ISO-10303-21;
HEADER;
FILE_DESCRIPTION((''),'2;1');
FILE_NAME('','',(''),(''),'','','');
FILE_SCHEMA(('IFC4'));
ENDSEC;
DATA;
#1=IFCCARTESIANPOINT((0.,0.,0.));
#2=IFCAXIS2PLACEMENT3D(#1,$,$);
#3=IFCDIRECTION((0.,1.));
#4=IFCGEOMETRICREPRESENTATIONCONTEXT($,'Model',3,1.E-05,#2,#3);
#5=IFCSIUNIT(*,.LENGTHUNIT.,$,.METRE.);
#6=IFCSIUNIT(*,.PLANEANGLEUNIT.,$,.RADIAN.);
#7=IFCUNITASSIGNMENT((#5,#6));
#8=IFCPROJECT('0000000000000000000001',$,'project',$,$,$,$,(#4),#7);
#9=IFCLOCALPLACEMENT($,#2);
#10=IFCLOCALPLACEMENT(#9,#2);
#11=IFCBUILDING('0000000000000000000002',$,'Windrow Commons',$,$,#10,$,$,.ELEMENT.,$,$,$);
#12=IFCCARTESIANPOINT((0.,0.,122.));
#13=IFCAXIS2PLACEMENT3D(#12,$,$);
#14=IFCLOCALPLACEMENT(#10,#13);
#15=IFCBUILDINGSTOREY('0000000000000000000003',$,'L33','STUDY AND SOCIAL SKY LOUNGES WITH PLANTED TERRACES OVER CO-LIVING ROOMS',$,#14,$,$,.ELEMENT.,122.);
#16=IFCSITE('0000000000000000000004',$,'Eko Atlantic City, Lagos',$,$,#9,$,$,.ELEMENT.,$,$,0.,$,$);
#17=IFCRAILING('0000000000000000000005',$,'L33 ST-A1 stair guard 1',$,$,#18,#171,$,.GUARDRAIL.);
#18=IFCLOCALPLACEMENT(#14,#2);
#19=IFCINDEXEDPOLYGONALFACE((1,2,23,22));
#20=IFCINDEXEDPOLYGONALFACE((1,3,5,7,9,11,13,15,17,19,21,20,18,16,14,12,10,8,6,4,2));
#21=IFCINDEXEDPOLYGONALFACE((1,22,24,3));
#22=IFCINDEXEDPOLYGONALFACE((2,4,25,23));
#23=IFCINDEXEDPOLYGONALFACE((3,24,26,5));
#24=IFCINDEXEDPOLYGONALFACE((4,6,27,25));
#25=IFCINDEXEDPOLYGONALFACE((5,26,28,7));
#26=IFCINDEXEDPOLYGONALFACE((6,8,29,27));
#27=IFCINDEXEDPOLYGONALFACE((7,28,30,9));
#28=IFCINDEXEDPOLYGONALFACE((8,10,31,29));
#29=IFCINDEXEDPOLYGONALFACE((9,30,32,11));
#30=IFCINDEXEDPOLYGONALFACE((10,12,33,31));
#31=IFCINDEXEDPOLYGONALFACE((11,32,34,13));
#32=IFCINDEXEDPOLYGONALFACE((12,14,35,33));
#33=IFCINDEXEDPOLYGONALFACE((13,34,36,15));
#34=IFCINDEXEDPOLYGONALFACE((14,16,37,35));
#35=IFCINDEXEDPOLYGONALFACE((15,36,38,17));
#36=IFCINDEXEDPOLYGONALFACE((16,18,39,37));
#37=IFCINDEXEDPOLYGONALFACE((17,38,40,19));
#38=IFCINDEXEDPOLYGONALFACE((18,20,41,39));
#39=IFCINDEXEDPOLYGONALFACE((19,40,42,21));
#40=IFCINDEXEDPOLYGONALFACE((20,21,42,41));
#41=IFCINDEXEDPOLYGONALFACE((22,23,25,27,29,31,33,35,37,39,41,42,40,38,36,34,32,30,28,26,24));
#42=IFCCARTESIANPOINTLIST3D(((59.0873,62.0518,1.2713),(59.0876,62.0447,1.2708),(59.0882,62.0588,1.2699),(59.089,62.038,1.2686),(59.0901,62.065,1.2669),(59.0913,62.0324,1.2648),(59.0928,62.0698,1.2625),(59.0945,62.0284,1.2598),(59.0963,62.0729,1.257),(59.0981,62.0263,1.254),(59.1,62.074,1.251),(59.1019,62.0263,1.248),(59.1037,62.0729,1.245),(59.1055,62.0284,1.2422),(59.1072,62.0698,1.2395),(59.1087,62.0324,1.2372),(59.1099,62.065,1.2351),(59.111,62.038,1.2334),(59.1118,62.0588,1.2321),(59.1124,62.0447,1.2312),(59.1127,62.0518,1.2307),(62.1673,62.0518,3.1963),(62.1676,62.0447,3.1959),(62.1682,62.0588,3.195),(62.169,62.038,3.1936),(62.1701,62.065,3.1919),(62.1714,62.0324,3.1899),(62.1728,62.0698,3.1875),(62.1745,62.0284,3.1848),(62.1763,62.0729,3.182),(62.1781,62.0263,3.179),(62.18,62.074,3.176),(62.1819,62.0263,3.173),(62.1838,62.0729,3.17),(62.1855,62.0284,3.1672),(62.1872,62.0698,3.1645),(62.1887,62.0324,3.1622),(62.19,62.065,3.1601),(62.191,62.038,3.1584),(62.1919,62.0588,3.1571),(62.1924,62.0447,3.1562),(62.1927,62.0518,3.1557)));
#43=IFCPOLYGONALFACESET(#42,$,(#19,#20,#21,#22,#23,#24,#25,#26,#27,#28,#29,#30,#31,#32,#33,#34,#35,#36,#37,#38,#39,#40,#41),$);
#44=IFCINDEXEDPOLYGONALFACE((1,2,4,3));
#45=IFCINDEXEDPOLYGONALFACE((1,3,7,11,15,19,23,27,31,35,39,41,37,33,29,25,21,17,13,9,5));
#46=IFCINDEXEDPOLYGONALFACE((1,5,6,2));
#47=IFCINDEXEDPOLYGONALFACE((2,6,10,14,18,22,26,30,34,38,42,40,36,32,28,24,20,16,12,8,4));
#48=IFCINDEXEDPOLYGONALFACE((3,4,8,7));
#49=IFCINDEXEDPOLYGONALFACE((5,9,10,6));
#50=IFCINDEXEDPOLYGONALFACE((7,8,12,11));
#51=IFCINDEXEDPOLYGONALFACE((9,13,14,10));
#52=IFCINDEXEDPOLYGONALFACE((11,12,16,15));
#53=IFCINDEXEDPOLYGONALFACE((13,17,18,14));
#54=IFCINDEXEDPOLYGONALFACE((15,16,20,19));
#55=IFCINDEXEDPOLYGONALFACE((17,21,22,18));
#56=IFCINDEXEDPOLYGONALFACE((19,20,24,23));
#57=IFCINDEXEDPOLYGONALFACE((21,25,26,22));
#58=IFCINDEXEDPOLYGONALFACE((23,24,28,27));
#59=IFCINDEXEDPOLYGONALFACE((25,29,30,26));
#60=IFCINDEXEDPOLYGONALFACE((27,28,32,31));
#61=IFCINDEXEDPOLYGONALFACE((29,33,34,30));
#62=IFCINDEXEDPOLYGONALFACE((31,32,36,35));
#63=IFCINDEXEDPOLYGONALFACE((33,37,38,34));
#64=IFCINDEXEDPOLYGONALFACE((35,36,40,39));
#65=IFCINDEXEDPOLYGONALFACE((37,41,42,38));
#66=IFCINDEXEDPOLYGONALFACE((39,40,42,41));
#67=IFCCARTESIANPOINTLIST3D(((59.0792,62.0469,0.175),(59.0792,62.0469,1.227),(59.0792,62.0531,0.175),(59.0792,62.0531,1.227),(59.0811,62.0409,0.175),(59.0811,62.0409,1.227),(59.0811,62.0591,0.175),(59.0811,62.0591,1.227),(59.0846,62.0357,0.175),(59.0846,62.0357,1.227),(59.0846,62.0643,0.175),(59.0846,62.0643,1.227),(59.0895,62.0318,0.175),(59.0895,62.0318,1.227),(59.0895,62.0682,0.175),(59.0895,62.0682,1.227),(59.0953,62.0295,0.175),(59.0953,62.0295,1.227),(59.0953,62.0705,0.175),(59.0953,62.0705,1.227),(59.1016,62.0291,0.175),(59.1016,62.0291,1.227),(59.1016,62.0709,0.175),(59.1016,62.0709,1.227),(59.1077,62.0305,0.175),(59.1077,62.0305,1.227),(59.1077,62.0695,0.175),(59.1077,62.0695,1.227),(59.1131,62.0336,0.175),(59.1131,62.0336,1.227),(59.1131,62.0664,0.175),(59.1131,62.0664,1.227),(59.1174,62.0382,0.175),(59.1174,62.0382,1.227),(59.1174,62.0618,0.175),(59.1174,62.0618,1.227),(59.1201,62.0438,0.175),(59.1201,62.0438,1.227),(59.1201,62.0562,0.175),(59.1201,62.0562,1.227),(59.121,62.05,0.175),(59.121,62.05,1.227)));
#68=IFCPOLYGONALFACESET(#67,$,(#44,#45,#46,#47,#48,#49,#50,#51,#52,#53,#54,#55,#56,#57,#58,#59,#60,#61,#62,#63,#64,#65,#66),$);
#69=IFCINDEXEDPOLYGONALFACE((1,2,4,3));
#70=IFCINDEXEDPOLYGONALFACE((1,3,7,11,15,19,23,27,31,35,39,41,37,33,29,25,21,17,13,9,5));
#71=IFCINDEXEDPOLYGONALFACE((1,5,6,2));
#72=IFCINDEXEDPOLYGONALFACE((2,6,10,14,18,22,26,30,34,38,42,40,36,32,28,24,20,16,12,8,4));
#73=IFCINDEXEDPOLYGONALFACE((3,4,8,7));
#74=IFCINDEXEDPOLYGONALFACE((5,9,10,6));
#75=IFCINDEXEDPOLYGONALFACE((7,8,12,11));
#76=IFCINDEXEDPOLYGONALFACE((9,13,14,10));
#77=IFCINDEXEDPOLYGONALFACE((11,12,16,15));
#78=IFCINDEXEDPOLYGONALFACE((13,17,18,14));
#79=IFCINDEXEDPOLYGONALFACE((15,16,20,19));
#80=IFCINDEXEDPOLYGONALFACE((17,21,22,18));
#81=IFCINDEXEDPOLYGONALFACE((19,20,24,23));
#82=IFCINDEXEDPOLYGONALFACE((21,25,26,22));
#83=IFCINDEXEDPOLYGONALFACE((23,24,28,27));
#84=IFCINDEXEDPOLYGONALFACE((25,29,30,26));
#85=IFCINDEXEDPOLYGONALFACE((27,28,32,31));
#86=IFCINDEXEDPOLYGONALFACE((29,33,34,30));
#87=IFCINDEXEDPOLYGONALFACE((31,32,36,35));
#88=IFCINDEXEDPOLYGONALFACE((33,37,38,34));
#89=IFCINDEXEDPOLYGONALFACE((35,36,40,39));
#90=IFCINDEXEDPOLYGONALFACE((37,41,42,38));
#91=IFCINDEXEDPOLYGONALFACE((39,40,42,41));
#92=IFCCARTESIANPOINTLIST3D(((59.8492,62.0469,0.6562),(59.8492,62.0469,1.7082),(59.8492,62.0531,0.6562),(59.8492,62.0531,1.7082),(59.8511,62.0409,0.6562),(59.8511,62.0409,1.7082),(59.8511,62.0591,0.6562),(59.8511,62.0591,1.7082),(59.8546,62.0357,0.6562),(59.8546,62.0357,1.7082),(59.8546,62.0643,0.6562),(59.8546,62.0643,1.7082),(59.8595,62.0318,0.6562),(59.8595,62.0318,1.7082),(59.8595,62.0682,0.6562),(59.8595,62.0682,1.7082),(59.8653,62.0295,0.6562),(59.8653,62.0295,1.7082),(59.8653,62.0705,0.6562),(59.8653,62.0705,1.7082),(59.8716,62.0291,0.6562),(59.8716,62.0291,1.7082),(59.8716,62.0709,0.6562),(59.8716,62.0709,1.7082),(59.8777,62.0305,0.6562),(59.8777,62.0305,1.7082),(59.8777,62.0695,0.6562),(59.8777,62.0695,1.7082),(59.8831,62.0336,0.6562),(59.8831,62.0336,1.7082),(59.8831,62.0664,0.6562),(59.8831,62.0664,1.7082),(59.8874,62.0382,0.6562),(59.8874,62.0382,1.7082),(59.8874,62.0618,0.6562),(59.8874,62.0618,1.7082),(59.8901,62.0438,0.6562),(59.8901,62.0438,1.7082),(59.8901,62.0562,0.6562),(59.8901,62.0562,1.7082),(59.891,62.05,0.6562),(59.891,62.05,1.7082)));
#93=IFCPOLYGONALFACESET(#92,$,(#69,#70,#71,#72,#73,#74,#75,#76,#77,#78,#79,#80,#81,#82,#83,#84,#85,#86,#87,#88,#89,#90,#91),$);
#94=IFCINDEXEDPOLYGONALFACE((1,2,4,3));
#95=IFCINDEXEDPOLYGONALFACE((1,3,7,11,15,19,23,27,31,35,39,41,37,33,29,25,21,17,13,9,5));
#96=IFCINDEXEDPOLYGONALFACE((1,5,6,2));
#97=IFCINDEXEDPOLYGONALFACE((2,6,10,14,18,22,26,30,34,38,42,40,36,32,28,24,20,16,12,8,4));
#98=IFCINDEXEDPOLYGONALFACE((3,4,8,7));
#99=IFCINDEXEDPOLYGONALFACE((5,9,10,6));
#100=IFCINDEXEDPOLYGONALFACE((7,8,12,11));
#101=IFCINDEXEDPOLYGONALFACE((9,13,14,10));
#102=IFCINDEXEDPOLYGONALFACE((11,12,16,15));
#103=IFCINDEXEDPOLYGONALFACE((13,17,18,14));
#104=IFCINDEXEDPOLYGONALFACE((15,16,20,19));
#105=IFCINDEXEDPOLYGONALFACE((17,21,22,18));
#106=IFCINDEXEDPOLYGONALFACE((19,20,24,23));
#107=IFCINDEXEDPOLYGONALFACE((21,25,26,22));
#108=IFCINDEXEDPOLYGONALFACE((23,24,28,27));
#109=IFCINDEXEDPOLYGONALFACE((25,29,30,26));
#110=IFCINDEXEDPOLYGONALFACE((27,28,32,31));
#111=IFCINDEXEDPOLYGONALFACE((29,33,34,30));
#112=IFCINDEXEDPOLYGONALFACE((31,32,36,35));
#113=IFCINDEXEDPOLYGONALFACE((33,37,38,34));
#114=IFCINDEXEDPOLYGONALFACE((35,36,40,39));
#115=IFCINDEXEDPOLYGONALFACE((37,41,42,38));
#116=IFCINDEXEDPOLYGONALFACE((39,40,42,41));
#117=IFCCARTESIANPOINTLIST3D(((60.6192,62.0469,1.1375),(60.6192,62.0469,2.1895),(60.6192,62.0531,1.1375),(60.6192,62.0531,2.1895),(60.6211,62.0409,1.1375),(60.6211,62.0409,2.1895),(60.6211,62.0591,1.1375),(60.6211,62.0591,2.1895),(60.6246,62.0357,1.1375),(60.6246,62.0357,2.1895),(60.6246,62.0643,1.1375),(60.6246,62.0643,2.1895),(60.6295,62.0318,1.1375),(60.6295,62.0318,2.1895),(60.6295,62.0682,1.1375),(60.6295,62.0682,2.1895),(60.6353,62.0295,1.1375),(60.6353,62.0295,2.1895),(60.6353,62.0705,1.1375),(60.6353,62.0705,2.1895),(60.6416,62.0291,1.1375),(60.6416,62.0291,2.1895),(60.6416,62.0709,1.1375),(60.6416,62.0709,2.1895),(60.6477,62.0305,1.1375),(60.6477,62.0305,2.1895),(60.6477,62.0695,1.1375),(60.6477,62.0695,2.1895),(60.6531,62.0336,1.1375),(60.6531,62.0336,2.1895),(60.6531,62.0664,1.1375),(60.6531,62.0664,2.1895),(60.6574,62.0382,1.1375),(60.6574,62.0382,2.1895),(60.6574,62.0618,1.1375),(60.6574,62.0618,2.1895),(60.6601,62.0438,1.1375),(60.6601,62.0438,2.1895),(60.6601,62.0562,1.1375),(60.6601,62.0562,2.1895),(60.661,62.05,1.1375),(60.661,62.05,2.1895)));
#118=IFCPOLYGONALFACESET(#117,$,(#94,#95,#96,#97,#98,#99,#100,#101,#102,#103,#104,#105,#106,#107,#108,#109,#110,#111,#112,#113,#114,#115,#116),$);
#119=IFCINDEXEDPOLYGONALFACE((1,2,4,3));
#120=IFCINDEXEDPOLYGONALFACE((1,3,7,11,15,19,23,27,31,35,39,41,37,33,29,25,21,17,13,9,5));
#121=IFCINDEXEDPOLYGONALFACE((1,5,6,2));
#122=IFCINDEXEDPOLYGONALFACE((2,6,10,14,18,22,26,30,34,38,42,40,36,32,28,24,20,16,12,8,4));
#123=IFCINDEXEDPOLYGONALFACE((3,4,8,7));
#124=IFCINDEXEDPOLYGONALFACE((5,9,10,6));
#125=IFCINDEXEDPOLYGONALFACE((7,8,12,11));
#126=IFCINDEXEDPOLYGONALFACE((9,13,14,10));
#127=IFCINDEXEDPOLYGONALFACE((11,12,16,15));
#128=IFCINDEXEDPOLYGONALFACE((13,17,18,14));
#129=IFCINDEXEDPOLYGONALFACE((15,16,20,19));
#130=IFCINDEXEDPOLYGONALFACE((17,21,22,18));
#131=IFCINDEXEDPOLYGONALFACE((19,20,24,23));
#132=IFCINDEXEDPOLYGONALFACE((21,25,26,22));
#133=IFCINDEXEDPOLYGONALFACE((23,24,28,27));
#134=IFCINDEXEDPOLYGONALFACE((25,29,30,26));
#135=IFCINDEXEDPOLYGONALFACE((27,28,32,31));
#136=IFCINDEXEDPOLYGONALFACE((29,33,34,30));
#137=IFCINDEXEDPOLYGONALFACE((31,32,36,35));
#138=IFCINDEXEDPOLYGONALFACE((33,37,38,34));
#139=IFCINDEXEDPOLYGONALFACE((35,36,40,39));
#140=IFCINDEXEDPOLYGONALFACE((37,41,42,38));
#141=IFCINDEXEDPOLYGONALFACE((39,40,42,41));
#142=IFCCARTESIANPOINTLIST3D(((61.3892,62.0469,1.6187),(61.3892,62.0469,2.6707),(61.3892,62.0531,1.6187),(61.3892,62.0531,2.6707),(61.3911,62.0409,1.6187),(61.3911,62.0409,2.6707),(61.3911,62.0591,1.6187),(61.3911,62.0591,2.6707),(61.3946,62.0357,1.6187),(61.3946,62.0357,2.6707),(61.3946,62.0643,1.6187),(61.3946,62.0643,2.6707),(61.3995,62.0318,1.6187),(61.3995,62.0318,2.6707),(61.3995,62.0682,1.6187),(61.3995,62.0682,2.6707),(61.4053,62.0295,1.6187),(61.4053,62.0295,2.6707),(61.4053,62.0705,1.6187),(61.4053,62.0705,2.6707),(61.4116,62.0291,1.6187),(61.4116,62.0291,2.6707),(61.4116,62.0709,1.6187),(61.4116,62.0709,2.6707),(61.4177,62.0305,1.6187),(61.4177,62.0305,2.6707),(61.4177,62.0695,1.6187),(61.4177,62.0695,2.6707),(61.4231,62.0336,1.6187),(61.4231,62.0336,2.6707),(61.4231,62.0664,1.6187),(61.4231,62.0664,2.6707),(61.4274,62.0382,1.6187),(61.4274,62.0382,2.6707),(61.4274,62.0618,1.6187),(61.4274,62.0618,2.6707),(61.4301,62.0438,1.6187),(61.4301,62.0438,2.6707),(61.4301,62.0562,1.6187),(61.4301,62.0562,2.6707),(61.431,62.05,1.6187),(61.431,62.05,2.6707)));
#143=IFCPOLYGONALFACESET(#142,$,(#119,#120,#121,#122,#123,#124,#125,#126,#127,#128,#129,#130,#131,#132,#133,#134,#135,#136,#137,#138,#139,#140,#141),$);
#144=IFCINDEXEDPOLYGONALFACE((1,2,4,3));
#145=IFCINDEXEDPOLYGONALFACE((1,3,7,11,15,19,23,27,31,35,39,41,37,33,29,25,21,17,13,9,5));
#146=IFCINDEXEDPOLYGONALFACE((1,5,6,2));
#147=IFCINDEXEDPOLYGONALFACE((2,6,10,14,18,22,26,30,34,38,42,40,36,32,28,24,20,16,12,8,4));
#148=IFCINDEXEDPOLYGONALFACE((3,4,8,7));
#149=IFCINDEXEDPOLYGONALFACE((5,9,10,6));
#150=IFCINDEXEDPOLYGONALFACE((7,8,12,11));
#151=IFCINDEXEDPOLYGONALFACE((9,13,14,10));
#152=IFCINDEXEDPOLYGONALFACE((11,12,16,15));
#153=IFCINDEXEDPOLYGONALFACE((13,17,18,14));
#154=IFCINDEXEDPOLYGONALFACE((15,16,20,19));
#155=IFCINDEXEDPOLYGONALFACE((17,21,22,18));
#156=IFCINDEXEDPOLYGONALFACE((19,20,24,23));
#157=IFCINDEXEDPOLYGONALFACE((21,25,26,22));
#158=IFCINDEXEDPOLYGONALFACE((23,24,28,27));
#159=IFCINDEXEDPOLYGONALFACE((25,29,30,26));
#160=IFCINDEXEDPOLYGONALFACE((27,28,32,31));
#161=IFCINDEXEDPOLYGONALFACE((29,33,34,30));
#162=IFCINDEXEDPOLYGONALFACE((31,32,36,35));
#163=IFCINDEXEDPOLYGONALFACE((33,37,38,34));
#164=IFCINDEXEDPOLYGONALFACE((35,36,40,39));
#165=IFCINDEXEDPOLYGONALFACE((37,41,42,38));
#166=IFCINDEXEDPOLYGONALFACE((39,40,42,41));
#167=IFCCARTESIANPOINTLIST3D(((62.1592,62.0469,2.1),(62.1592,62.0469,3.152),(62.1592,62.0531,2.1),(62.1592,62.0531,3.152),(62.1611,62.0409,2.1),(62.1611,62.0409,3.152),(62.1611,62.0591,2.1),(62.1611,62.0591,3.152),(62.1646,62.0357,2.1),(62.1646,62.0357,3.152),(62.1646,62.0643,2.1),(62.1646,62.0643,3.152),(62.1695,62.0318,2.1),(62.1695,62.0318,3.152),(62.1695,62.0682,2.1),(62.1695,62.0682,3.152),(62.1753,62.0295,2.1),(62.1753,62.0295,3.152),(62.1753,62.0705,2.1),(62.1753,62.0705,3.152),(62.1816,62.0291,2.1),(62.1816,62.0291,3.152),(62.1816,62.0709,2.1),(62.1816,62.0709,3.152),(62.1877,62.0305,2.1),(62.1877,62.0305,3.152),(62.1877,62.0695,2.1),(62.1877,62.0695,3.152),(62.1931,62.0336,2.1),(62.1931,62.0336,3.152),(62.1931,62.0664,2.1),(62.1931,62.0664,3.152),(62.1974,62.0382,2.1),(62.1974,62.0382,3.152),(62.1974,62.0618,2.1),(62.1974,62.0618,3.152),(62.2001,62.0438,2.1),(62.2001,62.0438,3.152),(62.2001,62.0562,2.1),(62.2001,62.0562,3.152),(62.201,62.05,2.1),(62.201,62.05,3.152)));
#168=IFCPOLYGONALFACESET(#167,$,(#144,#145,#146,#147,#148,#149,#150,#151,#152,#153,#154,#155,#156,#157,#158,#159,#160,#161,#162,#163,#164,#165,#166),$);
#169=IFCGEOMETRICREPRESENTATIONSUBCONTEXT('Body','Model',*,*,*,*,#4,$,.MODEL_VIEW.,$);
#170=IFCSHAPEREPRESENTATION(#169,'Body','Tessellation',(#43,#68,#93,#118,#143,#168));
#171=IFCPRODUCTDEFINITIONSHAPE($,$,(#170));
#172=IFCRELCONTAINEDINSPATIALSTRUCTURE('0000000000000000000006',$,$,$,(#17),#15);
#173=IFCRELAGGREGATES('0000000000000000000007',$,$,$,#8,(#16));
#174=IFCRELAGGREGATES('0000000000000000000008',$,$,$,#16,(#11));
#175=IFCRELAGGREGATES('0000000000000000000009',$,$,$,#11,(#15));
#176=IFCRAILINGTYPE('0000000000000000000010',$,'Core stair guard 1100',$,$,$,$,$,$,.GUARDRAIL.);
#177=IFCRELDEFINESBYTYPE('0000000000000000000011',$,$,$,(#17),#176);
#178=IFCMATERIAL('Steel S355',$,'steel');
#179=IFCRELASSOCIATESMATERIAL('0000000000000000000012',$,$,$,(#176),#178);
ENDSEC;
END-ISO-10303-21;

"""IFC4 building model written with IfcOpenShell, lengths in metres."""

from ifc_helpers import new_model, si_unit, direction, frame, origin, origin_2d, place, context, subcontext, project, spatial, circle, extrude, material, type_object, element, save


model = new_model("IFC4")

# Units and contexts
model_context = context("Model", 3, precision=1e-05, world=origin(), true_north=direction((0.0, 1.0)))
body_context = subcontext(model_context, "Body", "Model", "MODEL_VIEW")
ifc_project = project(units=[si_unit("LENGTHUNIT", "METRE"), si_unit("PLANEANGLEUNIT", "RADIAN")], contexts=[model_context])

# Site, building, storey
site_placement = place(None, origin())
site = spatial("IfcSite", under=ifc_project, at=site_placement, Name="Eko Atlantic City, Lagos", CompositionType="ELEMENT", RefElevation=0.0)
building_placement = place(site_placement, origin())
building = spatial("IfcBuilding", under=site, at=building_placement, Name="Windrow Commons", CompositionType="ELEMENT")
storey_placement = place(building_placement, frame((0.0, 0.0, 122.0)))
storey = spatial("IfcBuildingStorey", under=building, at=storey_placement, Name="L33", Description="STUDY AND SOCIAL SKY LOUNGES WITH PLANTED TERRACES OVER CO-LIVING ROOMS", CompositionType="ELEMENT", Elevation=122.0)

# Railing
ifc_material_1 = material(Name="Steel S355", Category="steel")
railing_type_1 = type_object("IfcRailingType", Name="Core stair guard 1100", PredefinedType="GUARDRAIL", material=ifc_material_1)
railing_1_placement = place(storey_placement, frame((59.1, 62.05, 0.175)))
element("IfcRailing", 1, at=railing_1_placement, inside=storey, type_object=railing_type_1, Name="L33 ST-A1 stair guard 1", PredefinedType="GUARDRAIL", context=body_context, shape_type="SweptSolid", body=[
    extrude(circle(Radius=0.024, at=origin_2d()), frame((0.0, 0.0, 1.076), z_axis=(0.847998, 0.0, 0.529999), x_axis=(0.0, 1.0, 0.0)), (0.0, 0.0, 1.0), 3.6321),
    extrude(circle(Radius=0.021, at=origin_2d()), origin(), (0.0, 0.0, 1.0), 1.052),
    extrude(circle(Radius=0.021, at=origin_2d()), frame((0.77, 0.0, 0.4812)), (0.0, 0.0, 1.0), 1.052),
    extrude(circle(Radius=0.021, at=origin_2d()), frame((1.54, 0.0, 0.9625)), (0.0, 0.0, 1.0), 1.052),
    extrude(circle(Radius=0.021, at=origin_2d()), frame((2.31, 0.0, 1.4437)), (0.0, 0.0, 1.0), 1.052),
    extrude(circle(Radius=0.021, at=origin_2d()), frame((3.08, 0.0, 1.925)), (0.0, 0.0, 1.0), 1.052),
])

save(model, "model.ifc")
